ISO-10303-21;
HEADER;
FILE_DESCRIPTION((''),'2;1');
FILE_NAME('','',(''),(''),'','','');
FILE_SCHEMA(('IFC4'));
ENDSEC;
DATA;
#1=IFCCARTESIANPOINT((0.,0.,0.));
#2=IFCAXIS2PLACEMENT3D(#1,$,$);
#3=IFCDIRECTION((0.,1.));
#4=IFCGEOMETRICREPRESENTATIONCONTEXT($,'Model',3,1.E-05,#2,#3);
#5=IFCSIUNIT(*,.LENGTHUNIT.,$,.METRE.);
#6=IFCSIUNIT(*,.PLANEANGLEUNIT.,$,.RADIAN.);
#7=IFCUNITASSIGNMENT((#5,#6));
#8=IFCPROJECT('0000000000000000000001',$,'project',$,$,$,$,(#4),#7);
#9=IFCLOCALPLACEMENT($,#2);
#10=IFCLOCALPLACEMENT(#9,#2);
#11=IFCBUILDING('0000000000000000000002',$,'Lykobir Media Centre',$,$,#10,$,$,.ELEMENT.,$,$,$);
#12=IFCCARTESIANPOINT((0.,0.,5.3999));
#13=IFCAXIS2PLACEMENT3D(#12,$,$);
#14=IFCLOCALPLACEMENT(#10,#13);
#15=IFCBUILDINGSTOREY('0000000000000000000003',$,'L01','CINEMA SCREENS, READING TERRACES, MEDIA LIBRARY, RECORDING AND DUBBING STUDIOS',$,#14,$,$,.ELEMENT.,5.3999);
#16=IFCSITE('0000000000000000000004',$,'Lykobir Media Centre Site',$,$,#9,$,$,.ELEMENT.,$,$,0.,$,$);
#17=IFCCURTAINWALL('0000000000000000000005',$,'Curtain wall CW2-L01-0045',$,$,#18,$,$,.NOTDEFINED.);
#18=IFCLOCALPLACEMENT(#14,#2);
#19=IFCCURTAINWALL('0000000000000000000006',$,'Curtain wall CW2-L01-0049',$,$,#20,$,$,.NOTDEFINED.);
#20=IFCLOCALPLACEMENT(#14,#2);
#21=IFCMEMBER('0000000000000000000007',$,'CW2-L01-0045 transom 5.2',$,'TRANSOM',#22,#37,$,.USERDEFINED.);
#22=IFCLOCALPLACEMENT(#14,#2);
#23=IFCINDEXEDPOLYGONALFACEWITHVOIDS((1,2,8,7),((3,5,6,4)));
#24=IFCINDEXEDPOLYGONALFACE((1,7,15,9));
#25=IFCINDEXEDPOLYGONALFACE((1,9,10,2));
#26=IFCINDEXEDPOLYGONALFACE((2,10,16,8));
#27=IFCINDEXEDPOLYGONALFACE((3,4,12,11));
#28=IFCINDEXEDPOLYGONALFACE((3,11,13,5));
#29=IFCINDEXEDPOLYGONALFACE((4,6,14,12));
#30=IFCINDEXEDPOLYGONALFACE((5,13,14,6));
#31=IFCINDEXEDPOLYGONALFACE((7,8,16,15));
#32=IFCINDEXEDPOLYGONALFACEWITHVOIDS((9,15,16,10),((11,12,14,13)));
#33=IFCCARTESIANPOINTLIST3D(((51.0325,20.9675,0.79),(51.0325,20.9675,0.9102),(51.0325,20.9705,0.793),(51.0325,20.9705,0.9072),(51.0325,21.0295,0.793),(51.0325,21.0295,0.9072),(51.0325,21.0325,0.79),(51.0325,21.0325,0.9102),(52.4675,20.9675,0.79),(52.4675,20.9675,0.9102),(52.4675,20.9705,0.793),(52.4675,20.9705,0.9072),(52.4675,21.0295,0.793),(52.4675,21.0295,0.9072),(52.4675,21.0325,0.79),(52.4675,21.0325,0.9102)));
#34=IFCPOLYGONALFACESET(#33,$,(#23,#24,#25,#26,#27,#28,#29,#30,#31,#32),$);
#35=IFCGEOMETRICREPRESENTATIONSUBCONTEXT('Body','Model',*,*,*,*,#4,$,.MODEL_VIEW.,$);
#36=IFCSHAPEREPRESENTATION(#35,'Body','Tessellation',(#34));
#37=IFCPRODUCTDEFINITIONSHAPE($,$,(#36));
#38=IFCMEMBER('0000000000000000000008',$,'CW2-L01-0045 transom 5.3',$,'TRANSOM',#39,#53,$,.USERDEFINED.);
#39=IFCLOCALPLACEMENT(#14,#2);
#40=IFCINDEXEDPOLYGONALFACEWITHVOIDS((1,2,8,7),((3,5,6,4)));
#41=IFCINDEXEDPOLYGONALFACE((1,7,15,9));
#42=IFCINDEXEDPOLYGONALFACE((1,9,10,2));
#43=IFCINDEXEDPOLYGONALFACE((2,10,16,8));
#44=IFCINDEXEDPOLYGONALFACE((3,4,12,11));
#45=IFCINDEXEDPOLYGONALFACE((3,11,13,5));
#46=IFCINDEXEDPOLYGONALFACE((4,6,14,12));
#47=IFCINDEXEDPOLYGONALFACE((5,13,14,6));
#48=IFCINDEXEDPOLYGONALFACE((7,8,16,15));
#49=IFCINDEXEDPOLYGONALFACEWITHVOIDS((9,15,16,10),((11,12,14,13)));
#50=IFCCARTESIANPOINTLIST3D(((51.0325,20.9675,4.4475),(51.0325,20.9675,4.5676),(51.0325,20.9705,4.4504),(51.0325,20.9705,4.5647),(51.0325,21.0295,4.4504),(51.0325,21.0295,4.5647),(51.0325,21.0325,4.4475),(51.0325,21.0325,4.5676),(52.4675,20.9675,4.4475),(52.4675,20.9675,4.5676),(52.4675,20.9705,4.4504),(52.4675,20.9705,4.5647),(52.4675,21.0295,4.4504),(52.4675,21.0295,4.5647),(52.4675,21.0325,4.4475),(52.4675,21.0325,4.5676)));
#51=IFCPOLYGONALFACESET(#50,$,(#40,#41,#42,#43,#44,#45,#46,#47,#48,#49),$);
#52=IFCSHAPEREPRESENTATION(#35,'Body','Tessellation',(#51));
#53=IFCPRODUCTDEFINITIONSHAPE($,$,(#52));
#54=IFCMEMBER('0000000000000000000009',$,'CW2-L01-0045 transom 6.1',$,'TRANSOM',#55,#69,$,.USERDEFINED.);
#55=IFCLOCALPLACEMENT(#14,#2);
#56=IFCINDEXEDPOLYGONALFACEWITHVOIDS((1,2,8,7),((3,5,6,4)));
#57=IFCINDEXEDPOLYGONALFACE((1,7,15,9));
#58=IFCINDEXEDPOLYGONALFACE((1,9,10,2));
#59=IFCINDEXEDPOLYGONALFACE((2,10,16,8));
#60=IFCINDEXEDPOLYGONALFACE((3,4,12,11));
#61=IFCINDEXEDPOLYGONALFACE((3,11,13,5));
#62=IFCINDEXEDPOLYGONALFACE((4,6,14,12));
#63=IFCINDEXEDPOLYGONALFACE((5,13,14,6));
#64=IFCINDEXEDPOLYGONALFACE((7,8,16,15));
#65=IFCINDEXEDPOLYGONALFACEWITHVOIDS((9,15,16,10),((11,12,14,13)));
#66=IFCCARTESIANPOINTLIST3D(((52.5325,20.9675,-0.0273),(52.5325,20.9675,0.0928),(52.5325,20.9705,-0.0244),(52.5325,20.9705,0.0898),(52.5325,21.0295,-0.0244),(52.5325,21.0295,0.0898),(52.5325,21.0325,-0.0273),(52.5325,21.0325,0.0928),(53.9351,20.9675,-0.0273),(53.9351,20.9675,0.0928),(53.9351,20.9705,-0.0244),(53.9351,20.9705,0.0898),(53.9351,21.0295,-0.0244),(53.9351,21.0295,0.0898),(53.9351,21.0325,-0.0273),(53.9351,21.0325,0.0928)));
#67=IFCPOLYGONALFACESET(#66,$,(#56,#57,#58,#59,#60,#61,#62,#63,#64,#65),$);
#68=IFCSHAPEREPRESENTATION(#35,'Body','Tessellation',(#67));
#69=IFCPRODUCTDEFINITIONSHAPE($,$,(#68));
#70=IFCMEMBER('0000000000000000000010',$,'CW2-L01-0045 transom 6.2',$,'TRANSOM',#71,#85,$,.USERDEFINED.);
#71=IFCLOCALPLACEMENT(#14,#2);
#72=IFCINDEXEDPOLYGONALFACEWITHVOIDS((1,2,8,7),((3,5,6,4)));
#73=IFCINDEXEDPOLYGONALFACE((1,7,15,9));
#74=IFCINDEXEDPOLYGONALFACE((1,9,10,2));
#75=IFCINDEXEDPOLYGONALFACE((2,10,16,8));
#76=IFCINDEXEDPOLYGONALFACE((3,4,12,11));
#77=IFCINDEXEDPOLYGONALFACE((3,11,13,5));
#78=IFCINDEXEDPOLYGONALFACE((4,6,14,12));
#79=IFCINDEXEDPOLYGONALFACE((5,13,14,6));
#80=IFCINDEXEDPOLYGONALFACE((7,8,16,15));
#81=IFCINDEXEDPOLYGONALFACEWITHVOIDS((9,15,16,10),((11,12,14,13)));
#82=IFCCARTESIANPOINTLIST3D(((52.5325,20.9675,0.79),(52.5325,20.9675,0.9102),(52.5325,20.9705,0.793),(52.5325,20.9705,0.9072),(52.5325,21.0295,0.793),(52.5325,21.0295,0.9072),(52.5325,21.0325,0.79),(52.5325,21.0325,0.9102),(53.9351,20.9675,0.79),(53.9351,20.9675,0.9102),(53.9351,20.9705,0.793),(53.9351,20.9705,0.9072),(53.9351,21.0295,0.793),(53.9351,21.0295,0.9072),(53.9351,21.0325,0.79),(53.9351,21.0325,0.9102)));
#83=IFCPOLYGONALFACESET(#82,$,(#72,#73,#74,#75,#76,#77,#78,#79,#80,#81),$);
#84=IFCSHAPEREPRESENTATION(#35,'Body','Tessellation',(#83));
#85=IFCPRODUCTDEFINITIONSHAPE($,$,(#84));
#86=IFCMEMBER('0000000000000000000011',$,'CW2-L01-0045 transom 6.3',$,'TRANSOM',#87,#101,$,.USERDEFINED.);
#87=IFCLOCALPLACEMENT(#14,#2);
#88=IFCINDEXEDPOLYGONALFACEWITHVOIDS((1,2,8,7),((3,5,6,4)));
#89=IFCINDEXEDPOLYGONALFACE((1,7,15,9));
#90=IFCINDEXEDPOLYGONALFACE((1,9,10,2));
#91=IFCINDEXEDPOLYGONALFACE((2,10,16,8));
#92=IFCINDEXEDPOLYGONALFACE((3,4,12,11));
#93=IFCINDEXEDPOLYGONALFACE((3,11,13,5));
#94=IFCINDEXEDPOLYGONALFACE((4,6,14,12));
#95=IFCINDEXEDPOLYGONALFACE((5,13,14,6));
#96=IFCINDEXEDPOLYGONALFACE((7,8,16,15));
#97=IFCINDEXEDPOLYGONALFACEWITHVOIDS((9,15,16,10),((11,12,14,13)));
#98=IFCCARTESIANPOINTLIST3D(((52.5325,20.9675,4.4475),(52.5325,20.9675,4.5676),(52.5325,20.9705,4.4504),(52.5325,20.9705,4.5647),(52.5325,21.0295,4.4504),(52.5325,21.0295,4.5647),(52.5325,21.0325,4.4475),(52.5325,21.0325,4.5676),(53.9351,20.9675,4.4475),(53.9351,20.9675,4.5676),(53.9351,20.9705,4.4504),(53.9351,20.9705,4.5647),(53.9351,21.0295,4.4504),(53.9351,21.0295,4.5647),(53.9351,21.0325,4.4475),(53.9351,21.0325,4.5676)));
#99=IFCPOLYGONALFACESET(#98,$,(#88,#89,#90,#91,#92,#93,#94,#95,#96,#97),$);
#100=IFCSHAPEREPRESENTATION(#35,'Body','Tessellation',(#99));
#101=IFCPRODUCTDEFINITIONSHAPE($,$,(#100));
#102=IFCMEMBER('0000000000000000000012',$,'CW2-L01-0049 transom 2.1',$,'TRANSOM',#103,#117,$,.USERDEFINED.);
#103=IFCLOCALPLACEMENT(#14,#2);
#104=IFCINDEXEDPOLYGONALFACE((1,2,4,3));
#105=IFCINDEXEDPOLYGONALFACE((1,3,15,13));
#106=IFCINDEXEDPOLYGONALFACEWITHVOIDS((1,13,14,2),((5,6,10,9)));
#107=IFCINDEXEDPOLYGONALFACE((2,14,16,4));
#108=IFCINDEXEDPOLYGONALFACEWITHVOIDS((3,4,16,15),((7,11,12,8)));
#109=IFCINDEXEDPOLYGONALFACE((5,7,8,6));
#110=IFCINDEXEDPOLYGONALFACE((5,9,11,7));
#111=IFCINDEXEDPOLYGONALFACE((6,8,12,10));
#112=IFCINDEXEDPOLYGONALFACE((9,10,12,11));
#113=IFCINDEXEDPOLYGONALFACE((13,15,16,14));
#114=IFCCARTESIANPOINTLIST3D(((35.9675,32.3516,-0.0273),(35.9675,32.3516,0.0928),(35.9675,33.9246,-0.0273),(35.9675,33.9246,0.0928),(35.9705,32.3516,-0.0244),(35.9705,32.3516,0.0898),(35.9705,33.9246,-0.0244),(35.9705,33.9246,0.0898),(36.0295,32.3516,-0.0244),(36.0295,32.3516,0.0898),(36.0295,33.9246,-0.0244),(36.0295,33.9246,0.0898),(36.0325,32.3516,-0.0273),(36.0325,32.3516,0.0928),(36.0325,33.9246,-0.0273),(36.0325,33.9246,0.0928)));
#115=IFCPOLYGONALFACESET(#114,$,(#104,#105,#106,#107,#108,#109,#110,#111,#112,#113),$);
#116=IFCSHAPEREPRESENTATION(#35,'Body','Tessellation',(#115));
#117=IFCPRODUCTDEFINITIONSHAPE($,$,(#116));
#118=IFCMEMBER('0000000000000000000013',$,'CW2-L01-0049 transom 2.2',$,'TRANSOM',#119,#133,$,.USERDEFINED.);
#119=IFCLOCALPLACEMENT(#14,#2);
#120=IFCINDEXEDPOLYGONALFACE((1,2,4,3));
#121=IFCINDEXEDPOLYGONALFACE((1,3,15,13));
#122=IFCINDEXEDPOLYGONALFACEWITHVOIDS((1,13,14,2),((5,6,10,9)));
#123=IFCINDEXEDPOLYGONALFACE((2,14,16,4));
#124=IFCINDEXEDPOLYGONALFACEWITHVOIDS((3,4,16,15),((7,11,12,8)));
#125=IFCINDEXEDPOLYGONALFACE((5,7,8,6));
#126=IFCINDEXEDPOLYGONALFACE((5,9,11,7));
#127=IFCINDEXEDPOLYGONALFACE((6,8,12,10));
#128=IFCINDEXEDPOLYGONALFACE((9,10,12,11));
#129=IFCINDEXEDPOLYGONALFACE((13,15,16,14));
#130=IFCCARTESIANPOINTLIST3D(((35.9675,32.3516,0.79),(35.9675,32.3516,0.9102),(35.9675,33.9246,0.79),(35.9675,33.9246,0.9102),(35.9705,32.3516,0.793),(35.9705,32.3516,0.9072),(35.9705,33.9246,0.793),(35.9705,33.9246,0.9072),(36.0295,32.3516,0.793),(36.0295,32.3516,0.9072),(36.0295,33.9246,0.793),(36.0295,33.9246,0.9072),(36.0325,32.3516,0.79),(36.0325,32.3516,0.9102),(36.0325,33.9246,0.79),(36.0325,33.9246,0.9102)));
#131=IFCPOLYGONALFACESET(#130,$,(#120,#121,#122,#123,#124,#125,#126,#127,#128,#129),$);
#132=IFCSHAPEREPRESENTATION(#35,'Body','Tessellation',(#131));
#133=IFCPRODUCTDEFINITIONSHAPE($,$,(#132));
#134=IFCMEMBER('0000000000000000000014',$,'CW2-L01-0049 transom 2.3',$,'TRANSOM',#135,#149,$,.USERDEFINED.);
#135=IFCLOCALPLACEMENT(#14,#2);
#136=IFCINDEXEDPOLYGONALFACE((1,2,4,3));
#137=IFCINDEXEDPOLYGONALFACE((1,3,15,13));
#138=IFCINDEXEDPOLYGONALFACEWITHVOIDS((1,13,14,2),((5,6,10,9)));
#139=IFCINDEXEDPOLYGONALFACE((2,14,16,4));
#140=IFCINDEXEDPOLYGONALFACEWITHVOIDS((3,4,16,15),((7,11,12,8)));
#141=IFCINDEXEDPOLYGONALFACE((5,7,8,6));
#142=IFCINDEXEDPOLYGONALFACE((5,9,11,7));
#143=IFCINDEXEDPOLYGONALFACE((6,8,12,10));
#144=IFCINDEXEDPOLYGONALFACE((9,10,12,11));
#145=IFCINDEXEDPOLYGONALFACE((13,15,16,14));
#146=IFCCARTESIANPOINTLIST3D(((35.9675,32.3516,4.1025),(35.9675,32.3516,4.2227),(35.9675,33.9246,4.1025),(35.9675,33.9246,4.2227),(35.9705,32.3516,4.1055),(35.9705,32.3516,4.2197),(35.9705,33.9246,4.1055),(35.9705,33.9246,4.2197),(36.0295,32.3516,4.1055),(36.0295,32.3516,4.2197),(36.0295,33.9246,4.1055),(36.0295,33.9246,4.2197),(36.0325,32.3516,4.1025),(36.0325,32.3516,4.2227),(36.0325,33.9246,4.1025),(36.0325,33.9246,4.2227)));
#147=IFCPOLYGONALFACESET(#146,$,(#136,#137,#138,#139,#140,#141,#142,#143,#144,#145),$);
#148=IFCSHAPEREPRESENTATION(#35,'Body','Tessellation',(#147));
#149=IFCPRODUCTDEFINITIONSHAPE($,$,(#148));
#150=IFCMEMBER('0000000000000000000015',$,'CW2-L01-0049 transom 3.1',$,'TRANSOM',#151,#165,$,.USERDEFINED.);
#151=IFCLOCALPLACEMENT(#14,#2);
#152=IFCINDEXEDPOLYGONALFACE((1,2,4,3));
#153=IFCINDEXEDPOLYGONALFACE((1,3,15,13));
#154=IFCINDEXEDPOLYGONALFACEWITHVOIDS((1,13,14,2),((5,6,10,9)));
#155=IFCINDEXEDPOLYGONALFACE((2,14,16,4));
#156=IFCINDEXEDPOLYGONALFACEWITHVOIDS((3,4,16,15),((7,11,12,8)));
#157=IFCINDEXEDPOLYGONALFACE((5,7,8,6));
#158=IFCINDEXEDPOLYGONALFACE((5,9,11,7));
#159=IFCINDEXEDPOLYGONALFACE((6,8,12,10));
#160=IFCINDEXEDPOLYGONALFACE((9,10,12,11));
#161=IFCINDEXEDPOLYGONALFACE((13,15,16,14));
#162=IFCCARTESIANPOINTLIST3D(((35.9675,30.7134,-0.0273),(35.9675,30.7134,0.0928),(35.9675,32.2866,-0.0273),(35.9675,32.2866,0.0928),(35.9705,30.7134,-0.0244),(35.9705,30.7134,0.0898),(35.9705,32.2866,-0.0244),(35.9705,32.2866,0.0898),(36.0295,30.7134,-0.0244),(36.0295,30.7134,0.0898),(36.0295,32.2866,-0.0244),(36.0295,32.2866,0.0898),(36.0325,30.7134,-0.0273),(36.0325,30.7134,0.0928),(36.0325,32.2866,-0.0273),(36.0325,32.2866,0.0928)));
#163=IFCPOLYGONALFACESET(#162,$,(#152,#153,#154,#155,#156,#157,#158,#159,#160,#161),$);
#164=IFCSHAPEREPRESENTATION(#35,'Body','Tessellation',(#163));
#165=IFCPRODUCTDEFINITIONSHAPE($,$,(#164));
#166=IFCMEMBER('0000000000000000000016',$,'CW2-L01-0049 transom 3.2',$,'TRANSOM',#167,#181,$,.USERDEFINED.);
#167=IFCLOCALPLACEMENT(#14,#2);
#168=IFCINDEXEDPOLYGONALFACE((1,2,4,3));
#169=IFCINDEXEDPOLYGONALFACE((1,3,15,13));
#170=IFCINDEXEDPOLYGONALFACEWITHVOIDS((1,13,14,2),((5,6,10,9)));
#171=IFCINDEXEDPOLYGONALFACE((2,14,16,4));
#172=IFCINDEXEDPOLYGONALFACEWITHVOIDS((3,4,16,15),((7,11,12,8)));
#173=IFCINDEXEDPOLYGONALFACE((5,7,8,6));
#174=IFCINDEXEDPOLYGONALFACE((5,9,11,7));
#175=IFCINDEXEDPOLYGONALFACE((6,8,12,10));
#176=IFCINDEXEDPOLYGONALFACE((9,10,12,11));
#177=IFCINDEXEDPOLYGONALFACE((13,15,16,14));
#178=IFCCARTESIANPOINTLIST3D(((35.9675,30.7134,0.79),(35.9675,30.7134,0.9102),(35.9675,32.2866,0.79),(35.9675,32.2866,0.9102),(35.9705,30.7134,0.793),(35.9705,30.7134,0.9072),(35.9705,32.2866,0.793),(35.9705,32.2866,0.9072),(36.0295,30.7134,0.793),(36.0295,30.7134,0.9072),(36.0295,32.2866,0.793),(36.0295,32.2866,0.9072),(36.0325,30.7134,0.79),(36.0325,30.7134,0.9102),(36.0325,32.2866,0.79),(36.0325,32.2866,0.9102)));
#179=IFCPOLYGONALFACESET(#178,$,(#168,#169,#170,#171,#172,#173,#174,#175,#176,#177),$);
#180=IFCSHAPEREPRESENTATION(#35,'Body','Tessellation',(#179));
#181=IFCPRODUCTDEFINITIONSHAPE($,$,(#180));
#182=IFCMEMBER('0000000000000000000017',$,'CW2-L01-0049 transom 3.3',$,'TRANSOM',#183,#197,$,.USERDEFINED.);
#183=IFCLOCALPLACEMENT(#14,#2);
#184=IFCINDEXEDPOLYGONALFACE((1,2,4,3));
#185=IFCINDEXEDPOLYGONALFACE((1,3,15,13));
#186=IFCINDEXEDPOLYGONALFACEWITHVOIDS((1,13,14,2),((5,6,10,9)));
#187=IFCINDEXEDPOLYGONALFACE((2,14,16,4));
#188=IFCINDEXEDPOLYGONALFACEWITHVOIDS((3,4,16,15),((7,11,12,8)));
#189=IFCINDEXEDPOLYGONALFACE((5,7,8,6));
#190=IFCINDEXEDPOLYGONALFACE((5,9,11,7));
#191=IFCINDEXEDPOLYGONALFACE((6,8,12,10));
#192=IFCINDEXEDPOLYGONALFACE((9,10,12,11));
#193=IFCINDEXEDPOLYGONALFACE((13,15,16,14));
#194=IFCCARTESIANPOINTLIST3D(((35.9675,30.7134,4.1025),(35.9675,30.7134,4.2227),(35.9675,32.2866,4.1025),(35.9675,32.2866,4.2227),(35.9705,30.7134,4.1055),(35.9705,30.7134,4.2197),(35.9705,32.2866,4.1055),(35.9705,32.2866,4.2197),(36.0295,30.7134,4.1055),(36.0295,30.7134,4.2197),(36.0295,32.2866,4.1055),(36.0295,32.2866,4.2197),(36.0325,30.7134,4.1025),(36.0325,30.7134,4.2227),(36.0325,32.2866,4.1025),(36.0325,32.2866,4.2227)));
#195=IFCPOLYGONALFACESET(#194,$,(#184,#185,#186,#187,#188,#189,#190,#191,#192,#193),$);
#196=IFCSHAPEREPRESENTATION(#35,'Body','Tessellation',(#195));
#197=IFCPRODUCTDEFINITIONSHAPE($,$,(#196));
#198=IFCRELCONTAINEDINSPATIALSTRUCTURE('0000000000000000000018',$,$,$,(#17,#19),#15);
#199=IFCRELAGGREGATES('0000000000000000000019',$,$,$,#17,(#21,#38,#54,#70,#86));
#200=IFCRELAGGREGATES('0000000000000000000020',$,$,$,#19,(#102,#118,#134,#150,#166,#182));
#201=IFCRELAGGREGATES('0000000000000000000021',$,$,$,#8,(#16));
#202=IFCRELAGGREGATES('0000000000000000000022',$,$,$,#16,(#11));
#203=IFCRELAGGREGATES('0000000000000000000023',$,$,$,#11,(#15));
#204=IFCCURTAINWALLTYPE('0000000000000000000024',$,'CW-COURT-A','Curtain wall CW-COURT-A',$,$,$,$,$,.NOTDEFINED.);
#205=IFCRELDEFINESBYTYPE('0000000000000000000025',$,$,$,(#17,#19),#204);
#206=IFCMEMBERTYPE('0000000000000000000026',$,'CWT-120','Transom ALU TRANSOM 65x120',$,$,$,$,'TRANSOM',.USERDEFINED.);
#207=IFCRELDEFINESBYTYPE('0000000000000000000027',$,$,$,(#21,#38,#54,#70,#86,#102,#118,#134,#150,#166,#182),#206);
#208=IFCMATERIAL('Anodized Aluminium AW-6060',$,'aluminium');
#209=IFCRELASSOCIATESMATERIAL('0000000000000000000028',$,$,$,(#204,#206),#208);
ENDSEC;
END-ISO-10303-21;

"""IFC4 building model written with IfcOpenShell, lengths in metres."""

from ifc_helpers import new_model, si_unit, direction, frame, origin, origin_2d, place, context, subcontext, project, spatial, hollow_rectangle, extrude, material, material_profile, profile_set, type_object, element, aggregate, save


model = new_model("IFC4")

# Units and contexts
model_context = context("Model", 3, precision=1e-05, world=origin(), true_north=direction((0.0, 1.0)))
body_context = subcontext(model_context, "Body", "Model", "MODEL_VIEW")
ifc_project = project(units=[si_unit("LENGTHUNIT", "METRE"), si_unit("PLANEANGLEUNIT", "RADIAN")], contexts=[model_context])

# Site, building, storey
site_placement = place(None, origin())
site = spatial("IfcSite", under=ifc_project, at=site_placement, Name="Lykobir Media Centre Site", CompositionType="ELEMENT", RefElevation=0.0)
building_placement = place(site_placement, origin())
building = spatial("IfcBuilding", under=site, at=building_placement, Name="Lykobir Media Centre", CompositionType="ELEMENT")
storey_placement = place(building_placement, frame((0.0, 0.0, 5.3999)))
storey = spatial("IfcBuildingStorey", under=building, at=storey_placement, Name="L01", Description="CINEMA SCREENS, READING TERRACES, MEDIA LIBRARY, RECORDING AND DUBBING STUDIOS", CompositionType="ELEMENT", Elevation=5.3999)

# Curtain walls
ifc_material_1 = material(Name="Anodized Aluminium AW-6060", Category="aluminium")
curtain_wall_type = type_object("IfcCurtainWallType", Name="CW-COURT-A", Description="Curtain wall CW-COURT-A", PredefinedType="NOTDEFINED", material=ifc_material_1)
curtain_wall_1_placement = place(storey_placement, origin())
curtain_wall_1 = element("IfcCurtainWall", 1, at=curtain_wall_1_placement, inside=storey, type_object=curtain_wall_type, Name="Curtain wall CW2-L01-0045", PredefinedType="NOTDEFINED")
curtain_wall_2_placement = place(storey_placement, origin())
curtain_wall_2 = element("IfcCurtainWall", 2, at=curtain_wall_2_placement, inside=storey, type_object=curtain_wall_type, Name="Curtain wall CW2-L01-0049", PredefinedType="NOTDEFINED")

# Members
ifc_material_profile_1 = material_profile(ifc_material_1, hollow_rectangle(XDim=0.0649, YDim=0.1201, WallThickness=0.0029, at=origin_2d()), Name="ALU TRANSOM 65x120")
ifc_profile_set_1 = profile_set([ifc_material_profile_1], Name="Anodized Aluminium AW-6060")
member_type_1 = type_object("IfcMemberType", Name="CWT-120", Description="Transom ALU TRANSOM 65x120", ElementType="TRANSOM", PredefinedType="USERDEFINED", material=ifc_profile_set_1)
member_1_placement = place(storey_placement, frame((51.0325, 21.0, 0.8501), z_axis=(1.0, 0.0, 0.0), x_axis=(0.0, 1.0, 0.0)))
member_1 = element("IfcMember", 3, at=member_1_placement, type_object=member_type_1, Name="CW2-L01-0045 transom 5.2", ObjectType="TRANSOM", PredefinedType="USERDEFINED", context=body_context, shape_type="SweptSolid", body=[
    extrude(hollow_rectangle(XDim=0.0649, YDim=0.1201, WallThickness=0.0029, at=origin_2d()), origin(), (0.0, 0.0, 1.0), 1.4351),
])
member_2_placement = place(storey_placement, frame((51.0325, 21.0, 4.5076), z_axis=(1.0, 0.0, 0.0), x_axis=(0.0, 1.0, 0.0)))
member_2 = element("IfcMember", 4, at=member_2_placement, type_object=member_type_1, Name="CW2-L01-0045 transom 5.3", ObjectType="TRANSOM", PredefinedType="USERDEFINED", context=body_context, shape_type="SweptSolid", body=[
    extrude(hollow_rectangle(XDim=0.0649, YDim=0.1201, WallThickness=0.0029, at=origin_2d()), origin(), (0.0, 0.0, 1.0), 1.4351),
])
member_3_placement = place(storey_placement, frame((52.5325, 21.0, 0.0327), z_axis=(1.0, 0.0, 0.0), x_axis=(0.0, 1.0, 0.0)))
member_3 = element("IfcMember", 5, at=member_3_placement, type_object=member_type_1, Name="CW2-L01-0045 transom 6.1", ObjectType="TRANSOM", PredefinedType="USERDEFINED", context=body_context, shape_type="SweptSolid", body=[
    extrude(hollow_rectangle(XDim=0.0649, YDim=0.1201, WallThickness=0.0029, at=origin_2d()), origin(), (0.0, 0.0, 1.0), 1.4026),
])
member_4_placement = place(storey_placement, frame((52.5325, 21.0, 0.8501), z_axis=(1.0, 0.0, 0.0), x_axis=(0.0, 1.0, 0.0)))
member_4 = element("IfcMember", 6, at=member_4_placement, type_object=member_type_1, Name="CW2-L01-0045 transom 6.2", ObjectType="TRANSOM", PredefinedType="USERDEFINED", context=body_context, shape_type="SweptSolid", body=[
    extrude(hollow_rectangle(XDim=0.0649, YDim=0.1201, WallThickness=0.0029, at=origin_2d()), origin(), (0.0, 0.0, 1.0), 1.4026),
])
member_5_placement = place(storey_placement, frame((52.5325, 21.0, 4.5076), z_axis=(1.0, 0.0, 0.0), x_axis=(0.0, 1.0, 0.0)))
member_5 = element("IfcMember", 7, at=member_5_placement, type_object=member_type_1, Name="CW2-L01-0045 transom 6.3", ObjectType="TRANSOM", PredefinedType="USERDEFINED", context=body_context, shape_type="SweptSolid", body=[
    extrude(hollow_rectangle(XDim=0.0649, YDim=0.1201, WallThickness=0.0029, at=origin_2d()), origin(), (0.0, 0.0, 1.0), 1.4026),
])
member_6_placement = place(storey_placement, frame((36.0, 33.9246, 0.0327), z_axis=(0.0, -1.0, 0.0), x_axis=(1.0, 0.0, 0.0)))
member_6 = element("IfcMember", 8, at=member_6_placement, type_object=member_type_1, Name="CW2-L01-0049 transom 2.1", ObjectType="TRANSOM", PredefinedType="USERDEFINED", context=body_context, shape_type="SweptSolid", body=[
    extrude(hollow_rectangle(XDim=0.0649, YDim=0.1201, WallThickness=0.0029, at=origin_2d()), origin(), (0.0, 0.0, 1.0), 1.573),
])
member_7_placement = place(storey_placement, frame((36.0, 33.9246, 0.8501), z_axis=(0.0, -1.0, 0.0), x_axis=(1.0, 0.0, 0.0)))
member_7 = element("IfcMember", 9, at=member_7_placement, type_object=member_type_1, Name="CW2-L01-0049 transom 2.2", ObjectType="TRANSOM", PredefinedType="USERDEFINED", context=body_context, shape_type="SweptSolid", body=[
    extrude(hollow_rectangle(XDim=0.0649, YDim=0.1201, WallThickness=0.0029, at=origin_2d()), origin(), (0.0, 0.0, 1.0), 1.573),
])
member_8_placement = place(storey_placement, frame((36.0, 33.9246, 4.1626), z_axis=(0.0, -1.0, 0.0), x_axis=(1.0, 0.0, 0.0)))
member_8 = element("IfcMember", 10, at=member_8_placement, type_object=member_type_1, Name="CW2-L01-0049 transom 2.3", ObjectType="TRANSOM", PredefinedType="USERDEFINED", context=body_context, shape_type="SweptSolid", body=[
    extrude(hollow_rectangle(XDim=0.0649, YDim=0.1201, WallThickness=0.0029, at=origin_2d()), origin(), (0.0, 0.0, 1.0), 1.573),
])
member_9_placement = place(storey_placement, frame((36.0, 32.2866, 0.0327), z_axis=(0.0, -1.0, 0.0), x_axis=(1.0, 0.0, 0.0)))
member_9 = element("IfcMember", 11, at=member_9_placement, type_object=member_type_1, Name="CW2-L01-0049 transom 3.1", ObjectType="TRANSOM", PredefinedType="USERDEFINED", context=body_context, shape_type="SweptSolid", body=[
    extrude(hollow_rectangle(XDim=0.0649, YDim=0.1201, WallThickness=0.0029, at=origin_2d()), origin(), (0.0, 0.0, 1.0), 1.5732),
])
member_10_placement = place(storey_placement, frame((36.0, 32.2866, 0.8501), z_axis=(0.0, -1.0, 0.0), x_axis=(1.0, 0.0, 0.0)))
member_10 = element("IfcMember", 12, at=member_10_placement, type_object=member_type_1, Name="CW2-L01-0049 transom 3.2", ObjectType="TRANSOM", PredefinedType="USERDEFINED", context=body_context, shape_type="SweptSolid", body=[
    extrude(hollow_rectangle(XDim=0.0649, YDim=0.1201, WallThickness=0.0029, at=origin_2d()), origin(), (0.0, 0.0, 1.0), 1.5732),
])
member_11_placement = place(storey_placement, frame((36.0, 32.2866, 4.1626), z_axis=(0.0, -1.0, 0.0), x_axis=(1.0, 0.0, 0.0)))
member_11 = element("IfcMember", 13, at=member_11_placement, type_object=member_type_1, Name="CW2-L01-0049 transom 3.3", ObjectType="TRANSOM", PredefinedType="USERDEFINED", context=body_context, shape_type="SweptSolid", body=[
    extrude(hollow_rectangle(XDim=0.0649, YDim=0.1201, WallThickness=0.0029, at=origin_2d()), origin(), (0.0, 0.0, 1.0), 1.5732),
])

aggregate(curtain_wall_1, [member_1, member_2, member_3, member_4, member_5])
aggregate(curtain_wall_2, [member_6, member_7, member_8, member_9, member_10, member_11])

save(model, "model.ifc")
